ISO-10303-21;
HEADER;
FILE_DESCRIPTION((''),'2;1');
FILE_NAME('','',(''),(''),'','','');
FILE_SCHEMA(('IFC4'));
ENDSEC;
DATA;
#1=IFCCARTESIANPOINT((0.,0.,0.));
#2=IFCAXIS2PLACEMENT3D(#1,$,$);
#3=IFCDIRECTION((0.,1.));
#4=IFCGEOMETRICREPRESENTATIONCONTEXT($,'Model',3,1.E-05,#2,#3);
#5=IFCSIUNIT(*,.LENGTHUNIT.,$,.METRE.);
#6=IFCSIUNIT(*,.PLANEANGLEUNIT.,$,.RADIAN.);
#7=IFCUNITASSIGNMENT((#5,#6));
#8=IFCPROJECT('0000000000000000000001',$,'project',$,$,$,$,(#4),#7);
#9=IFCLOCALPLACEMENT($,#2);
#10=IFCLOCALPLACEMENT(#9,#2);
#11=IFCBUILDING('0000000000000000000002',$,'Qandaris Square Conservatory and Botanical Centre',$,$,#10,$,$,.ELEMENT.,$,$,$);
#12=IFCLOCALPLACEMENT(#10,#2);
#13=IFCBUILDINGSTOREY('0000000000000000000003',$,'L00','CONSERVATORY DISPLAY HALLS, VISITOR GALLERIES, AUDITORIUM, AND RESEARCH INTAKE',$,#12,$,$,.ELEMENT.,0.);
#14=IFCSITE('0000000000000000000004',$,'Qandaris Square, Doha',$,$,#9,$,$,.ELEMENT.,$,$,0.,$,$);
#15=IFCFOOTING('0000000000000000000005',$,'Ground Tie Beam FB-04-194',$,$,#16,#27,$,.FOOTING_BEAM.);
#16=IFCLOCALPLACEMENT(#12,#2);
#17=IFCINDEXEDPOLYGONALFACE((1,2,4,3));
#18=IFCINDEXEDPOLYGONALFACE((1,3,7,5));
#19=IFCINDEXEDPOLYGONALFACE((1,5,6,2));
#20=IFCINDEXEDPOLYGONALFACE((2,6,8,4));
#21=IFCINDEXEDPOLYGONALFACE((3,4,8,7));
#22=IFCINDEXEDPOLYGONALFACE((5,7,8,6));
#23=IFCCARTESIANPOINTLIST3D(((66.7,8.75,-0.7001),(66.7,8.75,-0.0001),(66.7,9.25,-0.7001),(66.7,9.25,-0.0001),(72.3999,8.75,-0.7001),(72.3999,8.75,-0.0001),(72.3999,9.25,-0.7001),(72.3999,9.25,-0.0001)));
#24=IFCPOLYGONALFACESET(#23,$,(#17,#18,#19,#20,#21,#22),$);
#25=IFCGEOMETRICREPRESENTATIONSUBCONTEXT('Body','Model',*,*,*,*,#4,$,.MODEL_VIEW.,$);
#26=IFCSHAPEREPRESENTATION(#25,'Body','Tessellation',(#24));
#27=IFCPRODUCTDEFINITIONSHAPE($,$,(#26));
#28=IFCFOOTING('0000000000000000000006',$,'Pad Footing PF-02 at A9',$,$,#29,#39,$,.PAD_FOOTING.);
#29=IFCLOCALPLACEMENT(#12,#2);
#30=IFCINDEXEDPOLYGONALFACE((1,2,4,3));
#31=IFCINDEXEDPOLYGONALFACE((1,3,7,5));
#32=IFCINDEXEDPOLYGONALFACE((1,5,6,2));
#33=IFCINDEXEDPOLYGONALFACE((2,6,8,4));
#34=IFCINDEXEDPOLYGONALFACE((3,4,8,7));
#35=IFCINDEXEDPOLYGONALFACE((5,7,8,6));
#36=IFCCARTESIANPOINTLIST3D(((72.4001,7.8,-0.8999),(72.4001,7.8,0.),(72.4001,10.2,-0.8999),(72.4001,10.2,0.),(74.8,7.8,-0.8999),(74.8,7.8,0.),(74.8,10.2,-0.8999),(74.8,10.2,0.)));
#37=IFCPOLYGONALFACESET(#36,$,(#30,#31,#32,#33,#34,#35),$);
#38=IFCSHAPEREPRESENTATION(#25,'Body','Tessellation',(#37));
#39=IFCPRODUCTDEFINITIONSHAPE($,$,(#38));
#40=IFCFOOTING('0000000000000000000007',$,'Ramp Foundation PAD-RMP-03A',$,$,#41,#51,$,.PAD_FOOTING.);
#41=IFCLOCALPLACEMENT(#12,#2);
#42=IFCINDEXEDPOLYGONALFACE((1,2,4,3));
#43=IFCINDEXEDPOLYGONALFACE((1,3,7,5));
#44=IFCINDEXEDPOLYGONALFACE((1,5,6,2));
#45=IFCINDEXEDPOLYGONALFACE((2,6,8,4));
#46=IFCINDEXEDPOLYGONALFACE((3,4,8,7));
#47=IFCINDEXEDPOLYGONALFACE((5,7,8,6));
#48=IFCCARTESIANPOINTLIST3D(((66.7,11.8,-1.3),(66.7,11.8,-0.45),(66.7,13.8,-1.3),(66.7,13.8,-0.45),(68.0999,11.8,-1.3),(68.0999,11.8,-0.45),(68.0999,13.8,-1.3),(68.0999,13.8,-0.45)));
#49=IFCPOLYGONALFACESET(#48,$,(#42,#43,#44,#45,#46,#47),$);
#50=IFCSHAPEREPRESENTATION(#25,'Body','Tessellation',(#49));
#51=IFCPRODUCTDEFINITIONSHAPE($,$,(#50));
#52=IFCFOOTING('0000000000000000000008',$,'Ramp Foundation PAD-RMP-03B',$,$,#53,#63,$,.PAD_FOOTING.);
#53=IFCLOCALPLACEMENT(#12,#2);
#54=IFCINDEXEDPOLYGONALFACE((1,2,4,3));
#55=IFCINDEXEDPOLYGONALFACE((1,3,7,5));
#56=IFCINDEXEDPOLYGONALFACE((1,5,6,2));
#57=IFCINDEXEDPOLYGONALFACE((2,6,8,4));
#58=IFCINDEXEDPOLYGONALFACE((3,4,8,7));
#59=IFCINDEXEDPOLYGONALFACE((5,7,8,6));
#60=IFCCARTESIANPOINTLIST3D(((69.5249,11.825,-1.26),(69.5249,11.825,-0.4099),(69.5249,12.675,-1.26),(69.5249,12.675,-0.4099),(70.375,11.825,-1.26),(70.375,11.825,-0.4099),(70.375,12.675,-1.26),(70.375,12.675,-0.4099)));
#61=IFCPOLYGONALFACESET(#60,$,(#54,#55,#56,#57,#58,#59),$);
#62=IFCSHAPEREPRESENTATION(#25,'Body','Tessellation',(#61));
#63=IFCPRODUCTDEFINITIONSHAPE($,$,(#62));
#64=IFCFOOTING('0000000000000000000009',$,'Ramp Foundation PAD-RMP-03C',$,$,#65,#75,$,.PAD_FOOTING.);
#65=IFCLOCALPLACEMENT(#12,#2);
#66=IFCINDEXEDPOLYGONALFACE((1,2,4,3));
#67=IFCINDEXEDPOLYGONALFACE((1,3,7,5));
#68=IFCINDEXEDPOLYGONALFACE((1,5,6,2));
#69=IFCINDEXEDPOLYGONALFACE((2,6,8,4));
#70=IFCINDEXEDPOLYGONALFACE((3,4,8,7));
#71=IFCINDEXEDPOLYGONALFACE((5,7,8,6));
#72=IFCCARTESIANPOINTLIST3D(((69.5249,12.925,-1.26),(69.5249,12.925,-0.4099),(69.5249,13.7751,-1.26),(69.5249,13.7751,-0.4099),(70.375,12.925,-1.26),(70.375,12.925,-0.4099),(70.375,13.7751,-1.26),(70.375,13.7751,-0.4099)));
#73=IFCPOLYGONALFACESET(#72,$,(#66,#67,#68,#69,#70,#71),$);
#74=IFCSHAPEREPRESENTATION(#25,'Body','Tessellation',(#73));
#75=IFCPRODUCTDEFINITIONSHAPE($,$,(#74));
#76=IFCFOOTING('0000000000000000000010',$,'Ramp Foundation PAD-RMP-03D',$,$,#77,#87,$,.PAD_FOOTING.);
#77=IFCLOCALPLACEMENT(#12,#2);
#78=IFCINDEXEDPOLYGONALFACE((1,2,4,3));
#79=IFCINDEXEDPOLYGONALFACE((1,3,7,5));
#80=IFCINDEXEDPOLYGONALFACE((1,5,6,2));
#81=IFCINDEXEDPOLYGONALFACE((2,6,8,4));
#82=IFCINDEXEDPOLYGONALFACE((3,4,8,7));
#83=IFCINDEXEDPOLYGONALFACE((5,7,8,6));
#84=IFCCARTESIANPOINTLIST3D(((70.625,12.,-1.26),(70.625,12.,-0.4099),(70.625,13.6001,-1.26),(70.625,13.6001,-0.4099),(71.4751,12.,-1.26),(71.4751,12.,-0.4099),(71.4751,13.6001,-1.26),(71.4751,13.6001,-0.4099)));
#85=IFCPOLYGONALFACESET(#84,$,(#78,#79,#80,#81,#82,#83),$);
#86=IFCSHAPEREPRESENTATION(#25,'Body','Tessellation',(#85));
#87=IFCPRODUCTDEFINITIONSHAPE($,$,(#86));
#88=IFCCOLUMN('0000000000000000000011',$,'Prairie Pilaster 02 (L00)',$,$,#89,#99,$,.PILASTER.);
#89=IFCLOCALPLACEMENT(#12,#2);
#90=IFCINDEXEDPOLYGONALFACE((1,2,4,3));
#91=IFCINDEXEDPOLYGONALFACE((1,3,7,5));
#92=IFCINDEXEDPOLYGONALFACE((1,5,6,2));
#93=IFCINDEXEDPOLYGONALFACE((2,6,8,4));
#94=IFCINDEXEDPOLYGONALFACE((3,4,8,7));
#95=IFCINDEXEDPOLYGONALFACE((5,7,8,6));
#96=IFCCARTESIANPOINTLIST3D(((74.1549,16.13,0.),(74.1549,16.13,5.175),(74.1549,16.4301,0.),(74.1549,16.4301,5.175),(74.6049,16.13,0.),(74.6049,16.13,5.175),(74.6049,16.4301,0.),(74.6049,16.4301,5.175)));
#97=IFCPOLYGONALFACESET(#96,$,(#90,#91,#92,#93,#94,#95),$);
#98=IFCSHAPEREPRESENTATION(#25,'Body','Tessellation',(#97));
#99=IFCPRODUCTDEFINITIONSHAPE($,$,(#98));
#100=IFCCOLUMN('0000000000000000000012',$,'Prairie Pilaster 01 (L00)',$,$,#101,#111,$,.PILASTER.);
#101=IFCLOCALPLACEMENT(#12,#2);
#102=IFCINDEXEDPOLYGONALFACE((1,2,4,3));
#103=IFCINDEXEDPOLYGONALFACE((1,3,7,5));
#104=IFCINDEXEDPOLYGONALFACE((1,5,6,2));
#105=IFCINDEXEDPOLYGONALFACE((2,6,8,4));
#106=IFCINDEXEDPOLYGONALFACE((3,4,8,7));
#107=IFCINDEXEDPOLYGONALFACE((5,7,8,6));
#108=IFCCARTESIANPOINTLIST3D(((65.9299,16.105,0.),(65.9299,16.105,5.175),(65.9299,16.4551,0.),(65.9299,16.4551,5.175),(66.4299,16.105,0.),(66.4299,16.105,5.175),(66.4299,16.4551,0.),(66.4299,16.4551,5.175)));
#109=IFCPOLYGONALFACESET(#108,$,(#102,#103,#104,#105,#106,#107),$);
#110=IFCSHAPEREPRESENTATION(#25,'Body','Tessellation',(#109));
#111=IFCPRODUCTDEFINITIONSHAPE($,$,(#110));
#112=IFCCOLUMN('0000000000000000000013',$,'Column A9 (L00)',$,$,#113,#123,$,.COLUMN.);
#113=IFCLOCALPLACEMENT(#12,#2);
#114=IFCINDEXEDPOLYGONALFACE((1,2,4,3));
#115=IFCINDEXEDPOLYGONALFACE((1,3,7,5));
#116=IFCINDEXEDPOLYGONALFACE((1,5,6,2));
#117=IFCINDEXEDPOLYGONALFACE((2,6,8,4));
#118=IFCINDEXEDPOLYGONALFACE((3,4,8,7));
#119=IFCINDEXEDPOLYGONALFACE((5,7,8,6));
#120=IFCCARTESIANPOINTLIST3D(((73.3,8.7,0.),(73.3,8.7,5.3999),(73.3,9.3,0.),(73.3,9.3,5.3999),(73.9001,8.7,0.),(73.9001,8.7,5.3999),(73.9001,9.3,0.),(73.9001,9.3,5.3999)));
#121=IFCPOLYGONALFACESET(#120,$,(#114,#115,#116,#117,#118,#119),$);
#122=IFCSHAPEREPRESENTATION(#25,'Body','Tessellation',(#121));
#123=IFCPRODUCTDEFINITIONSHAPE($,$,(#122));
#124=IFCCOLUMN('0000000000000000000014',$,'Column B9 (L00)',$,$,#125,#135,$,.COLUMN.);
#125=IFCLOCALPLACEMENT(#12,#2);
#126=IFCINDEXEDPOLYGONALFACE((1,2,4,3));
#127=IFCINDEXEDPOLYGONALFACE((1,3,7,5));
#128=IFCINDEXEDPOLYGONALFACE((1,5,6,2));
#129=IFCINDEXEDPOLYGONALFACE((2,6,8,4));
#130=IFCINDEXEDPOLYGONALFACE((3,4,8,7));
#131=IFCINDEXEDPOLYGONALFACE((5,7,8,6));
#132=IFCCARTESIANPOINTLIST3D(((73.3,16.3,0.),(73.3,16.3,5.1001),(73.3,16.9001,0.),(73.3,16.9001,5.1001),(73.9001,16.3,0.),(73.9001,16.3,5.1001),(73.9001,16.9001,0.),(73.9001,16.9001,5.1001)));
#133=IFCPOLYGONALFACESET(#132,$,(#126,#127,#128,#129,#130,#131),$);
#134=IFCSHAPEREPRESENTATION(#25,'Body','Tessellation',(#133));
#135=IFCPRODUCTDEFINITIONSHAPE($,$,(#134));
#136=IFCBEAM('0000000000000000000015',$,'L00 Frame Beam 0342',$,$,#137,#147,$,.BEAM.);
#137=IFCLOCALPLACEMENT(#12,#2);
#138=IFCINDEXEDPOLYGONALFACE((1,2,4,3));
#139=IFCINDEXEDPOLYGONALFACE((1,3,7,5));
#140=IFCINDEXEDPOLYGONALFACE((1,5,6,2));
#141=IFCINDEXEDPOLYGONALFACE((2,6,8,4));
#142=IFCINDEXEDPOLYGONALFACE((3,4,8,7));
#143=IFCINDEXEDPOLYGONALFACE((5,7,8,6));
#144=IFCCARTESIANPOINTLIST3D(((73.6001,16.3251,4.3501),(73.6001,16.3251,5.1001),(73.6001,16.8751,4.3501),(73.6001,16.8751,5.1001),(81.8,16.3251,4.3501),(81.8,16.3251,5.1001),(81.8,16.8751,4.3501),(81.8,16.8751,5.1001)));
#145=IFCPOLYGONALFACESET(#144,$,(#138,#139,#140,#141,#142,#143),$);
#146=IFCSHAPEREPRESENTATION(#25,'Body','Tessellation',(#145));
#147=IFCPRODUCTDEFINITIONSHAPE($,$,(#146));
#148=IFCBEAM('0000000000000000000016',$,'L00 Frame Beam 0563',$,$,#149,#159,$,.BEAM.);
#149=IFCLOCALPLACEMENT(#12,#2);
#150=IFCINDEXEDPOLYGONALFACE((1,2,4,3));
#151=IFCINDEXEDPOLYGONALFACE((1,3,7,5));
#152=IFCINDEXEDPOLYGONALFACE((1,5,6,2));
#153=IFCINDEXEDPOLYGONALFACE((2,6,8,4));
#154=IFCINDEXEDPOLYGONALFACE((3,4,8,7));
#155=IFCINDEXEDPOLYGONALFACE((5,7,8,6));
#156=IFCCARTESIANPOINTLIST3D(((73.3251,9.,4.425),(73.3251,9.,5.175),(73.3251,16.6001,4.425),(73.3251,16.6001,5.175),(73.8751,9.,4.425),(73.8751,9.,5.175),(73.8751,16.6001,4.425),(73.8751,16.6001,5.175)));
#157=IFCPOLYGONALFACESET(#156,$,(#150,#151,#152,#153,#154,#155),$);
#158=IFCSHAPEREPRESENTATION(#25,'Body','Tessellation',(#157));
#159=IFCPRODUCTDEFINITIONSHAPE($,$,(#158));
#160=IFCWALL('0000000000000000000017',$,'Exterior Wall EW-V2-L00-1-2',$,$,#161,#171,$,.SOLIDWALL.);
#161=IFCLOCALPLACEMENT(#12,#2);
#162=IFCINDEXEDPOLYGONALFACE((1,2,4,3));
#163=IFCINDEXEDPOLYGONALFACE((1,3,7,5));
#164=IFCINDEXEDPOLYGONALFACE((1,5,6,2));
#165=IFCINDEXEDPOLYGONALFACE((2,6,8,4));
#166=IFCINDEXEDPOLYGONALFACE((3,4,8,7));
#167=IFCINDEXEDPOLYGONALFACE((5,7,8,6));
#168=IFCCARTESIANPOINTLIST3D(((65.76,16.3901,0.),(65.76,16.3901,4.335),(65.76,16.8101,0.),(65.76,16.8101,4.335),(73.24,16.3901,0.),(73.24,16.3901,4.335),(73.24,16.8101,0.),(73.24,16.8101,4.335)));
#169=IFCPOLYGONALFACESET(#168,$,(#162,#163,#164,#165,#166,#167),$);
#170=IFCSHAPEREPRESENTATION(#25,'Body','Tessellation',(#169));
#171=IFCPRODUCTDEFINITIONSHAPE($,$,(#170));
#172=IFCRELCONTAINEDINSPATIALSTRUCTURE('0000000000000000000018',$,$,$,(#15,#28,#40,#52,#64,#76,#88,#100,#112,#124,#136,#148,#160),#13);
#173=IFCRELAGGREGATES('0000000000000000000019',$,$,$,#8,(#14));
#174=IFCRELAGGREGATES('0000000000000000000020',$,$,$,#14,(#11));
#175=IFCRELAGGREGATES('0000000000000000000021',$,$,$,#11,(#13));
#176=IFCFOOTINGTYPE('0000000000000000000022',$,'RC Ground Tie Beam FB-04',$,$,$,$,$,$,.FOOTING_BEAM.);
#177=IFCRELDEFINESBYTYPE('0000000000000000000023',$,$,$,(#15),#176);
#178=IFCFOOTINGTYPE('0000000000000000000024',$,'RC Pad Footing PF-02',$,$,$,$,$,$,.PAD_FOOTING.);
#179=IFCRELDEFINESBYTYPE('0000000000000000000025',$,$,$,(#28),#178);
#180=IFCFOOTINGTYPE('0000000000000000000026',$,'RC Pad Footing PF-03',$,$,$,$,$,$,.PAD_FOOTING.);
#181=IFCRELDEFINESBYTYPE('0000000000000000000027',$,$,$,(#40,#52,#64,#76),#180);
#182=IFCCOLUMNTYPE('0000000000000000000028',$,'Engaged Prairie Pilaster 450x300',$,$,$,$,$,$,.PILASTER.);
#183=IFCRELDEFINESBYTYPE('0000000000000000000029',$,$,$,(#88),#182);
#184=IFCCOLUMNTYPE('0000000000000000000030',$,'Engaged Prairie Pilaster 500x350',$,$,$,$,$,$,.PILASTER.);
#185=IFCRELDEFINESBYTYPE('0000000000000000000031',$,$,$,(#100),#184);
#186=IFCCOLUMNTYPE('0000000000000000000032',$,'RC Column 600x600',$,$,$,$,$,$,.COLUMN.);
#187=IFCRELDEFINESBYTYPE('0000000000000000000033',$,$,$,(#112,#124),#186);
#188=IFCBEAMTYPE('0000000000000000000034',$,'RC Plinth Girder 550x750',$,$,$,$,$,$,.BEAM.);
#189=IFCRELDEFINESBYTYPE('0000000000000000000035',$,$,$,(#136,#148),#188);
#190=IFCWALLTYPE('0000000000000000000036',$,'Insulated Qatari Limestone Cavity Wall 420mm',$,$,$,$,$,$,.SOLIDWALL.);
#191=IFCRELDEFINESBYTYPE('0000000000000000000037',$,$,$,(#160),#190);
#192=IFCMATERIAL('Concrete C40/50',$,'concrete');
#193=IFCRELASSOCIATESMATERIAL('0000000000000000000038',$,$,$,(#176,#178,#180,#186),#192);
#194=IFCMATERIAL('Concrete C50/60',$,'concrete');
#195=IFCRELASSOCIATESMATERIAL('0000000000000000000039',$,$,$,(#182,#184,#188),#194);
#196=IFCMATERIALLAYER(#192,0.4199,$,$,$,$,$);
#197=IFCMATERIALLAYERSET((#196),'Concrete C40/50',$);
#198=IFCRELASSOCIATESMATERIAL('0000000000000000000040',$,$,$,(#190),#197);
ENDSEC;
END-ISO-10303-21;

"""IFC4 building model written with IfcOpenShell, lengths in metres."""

from ifc_helpers import new_model, si_unit, direction, frame, frame_2d, origin, origin_2d, place, context, subcontext, project, spatial, rectangle, extrude, material, layer, layer_set, material_profile, profile_set, type_object, element, save


model = new_model("IFC4")

# Units and contexts
model_context = context("Model", 3, precision=1e-05, world=origin(), true_north=direction((0.0, 1.0)))
body_context = subcontext(model_context, "Body", "Model", "MODEL_VIEW")
ifc_project = project(units=[si_unit("LENGTHUNIT", "METRE"), si_unit("PLANEANGLEUNIT", "RADIAN")], contexts=[model_context])

# Site, building, storey
site_placement = place(None, origin())
site = spatial("IfcSite", under=ifc_project, at=site_placement, Name="Qandaris Square, Doha", CompositionType="ELEMENT", RefElevation=0.0)
building_placement = place(site_placement, origin())
building = spatial("IfcBuilding", under=site, at=building_placement, Name="Qandaris Square Conservatory and Botanical Centre", CompositionType="ELEMENT")
storey_placement = place(building_placement, origin())
storey = spatial("IfcBuildingStorey", under=building, at=storey_placement, Name="L00", Description="CONSERVATORY DISPLAY HALLS, VISITOR GALLERIES, AUDITORIUM, AND RESEARCH INTAKE", CompositionType="ELEMENT", Elevation=0.0)

# Footings
ifc_material_1 = material(Name="Concrete C40/50", Category="concrete")
ifc_material_profile_1 = material_profile(ifc_material_1, rectangle(XDim=0.5, YDim=0.7, at=origin_2d()), Name="FB 500x700")
ifc_profile_set_1 = profile_set([ifc_material_profile_1], Name="Concrete C40/50")
footing_type_1 = type_object("IfcFootingType", Name="RC Ground Tie Beam FB-04", PredefinedType="FOOTING_BEAM", material=ifc_profile_set_1)
footing_1_placement = place(storey_placement, frame((66.7, 9.0, -0.3501), z_axis=(1.0, 0.0, 0.0), x_axis=(0.0, 1.0, 0.0)))
element("IfcFooting", 1, at=footing_1_placement, inside=storey, type_object=footing_type_1, Name="Ground Tie Beam FB-04-194", PredefinedType="FOOTING_BEAM", context=body_context, shape_type="SweptSolid", body=[
    extrude(rectangle(XDim=0.5, YDim=0.7, at=origin_2d()), origin(), (0.0, 0.0, 1.0), 5.7),
])
footing_type_2 = type_object("IfcFootingType", Name="RC Pad Footing PF-02", PredefinedType="PAD_FOOTING", material=ifc_material_1)
footing_2_placement = place(storey_placement, frame((73.6001, 9.0, -0.8999), z_axis=(0.0, 0.0, 1.0), x_axis=(1.0, 0.0, 0.0)))
element("IfcFooting", 2, at=footing_2_placement, inside=storey, type_object=footing_type_2, Name="Pad Footing PF-02 at A9", PredefinedType="PAD_FOOTING", context=body_context, shape_type="SweptSolid", body=[
    extrude(rectangle(XDim=2.3999, YDim=2.3999, at=origin_2d()), origin(), (0.0, 0.0, 1.0), 0.8999),
])
footing_type_3 = type_object("IfcFootingType", Name="RC Pad Footing PF-03", PredefinedType="PAD_FOOTING", material=ifc_material_1)
footing_3_placement = place(storey_placement, frame((67.3999, 12.8, -1.3), z_axis=(0.0, 0.0, 1.0), x_axis=(1.0, 0.0, 0.0)))
element("IfcFooting", 3, at=footing_3_placement, inside=storey, type_object=footing_type_3, Name="Ramp Foundation PAD-RMP-03A", PredefinedType="PAD_FOOTING", context=body_context, shape_type="SweptSolid", body=[
    extrude(rectangle(XDim=1.3999, YDim=2.0, at=origin_2d()), origin(), (0.0, 0.0, 1.0), 0.8501),
])
for number, where, z_axis, x_axis, name in (
    (4, (69.95, 12.25, -1.26), (0.0, 0.0, 1.0), (1.0, 0.0, 0.0), "Ramp Foundation PAD-RMP-03B"),
    (5, (69.95, 13.3501, -1.26), (0.0, 0.0, 1.0), (1.0, 0.0, 0.0), "Ramp Foundation PAD-RMP-03C"),
):
    element("IfcFooting", number, at=place(storey_placement, frame(where, z_axis=z_axis, x_axis=x_axis)), inside=storey, type_object=footing_type_3, Name=name, PredefinedType="PAD_FOOTING", context=body_context, shape_type="SweptSolid", body=[
        extrude(rectangle(XDim=0.8501, YDim=0.8501, at=origin_2d()), origin(), (0.0, 0.0, 1.0), 0.8501),
    ])
footing_4_placement = place(storey_placement, frame((71.05, 12.8, -1.26), z_axis=(0.0, 0.0, 1.0), x_axis=(1.0, 0.0, 0.0)))
element("IfcFooting", 6, at=footing_4_placement, inside=storey, type_object=footing_type_3, Name="Ramp Foundation PAD-RMP-03D", PredefinedType="PAD_FOOTING", context=body_context, shape_type="SweptSolid", body=[
    extrude(rectangle(XDim=0.8501, YDim=1.6001, at=origin_2d()), origin(), (0.0, 0.0, 1.0), 0.8501),
])

# Columns
ifc_material_2 = material(Name="Concrete C50/60", Category="concrete")
ifc_material_profile_2 = material_profile(ifc_material_2, rectangle(XDim=0.45, YDim=0.3, at=origin_2d()), Name="RC-PIL 450x300")
ifc_profile_set_2 = profile_set([ifc_material_profile_2], Name="Concrete C50/60")
column_type_1 = type_object("IfcColumnType", Name="Engaged Prairie Pilaster 450x300", PredefinedType="PILASTER", material=ifc_profile_set_2)
column_1_placement = place(storey_placement, frame((74.3799, 16.28, 0.0), z_axis=(0.0, 0.0, 1.0), x_axis=(1.0, 0.0, 0.0)))
element("IfcColumn", 7, at=column_1_placement, inside=storey, type_object=column_type_1, Name="Prairie Pilaster 02 (L00)", PredefinedType="PILASTER", context=body_context, shape_type="SweptSolid", body=[
    extrude(rectangle(XDim=0.45, YDim=0.3, at=origin_2d()), origin(), (0.0, 0.0, 1.0), 5.175),
])
ifc_material_profile_3 = material_profile(ifc_material_2, rectangle(XDim=0.5, YDim=0.3501, at=origin_2d()), Name="RC-PIL 500x350")
ifc_profile_set_3 = profile_set([ifc_material_profile_3], Name="Concrete C50/60")
column_type_2 = type_object("IfcColumnType", Name="Engaged Prairie Pilaster 500x350", PredefinedType="PILASTER", material=ifc_profile_set_3)
column_2_placement = place(storey_placement, frame((66.1799, 16.28, 0.0), z_axis=(0.0, 0.0, 1.0), x_axis=(1.0, 0.0, 0.0)))
element("IfcColumn", 8, at=column_2_placement, inside=storey, type_object=column_type_2, Name="Prairie Pilaster 01 (L00)", PredefinedType="PILASTER", context=body_context, shape_type="SweptSolid", body=[
    extrude(rectangle(XDim=0.5, YDim=0.3501, at=origin_2d()), origin(), (0.0, 0.0, 1.0), 5.175),
])
ifc_material_profile_4 = material_profile(ifc_material_1, rectangle(XDim=0.6001, YDim=0.6001, at=origin_2d()), Name="RC-COL 600x600")
ifc_profile_set_4 = profile_set([ifc_material_profile_4], Name="Concrete C40/50")
column_type_3 = type_object("IfcColumnType", Name="RC Column 600x600", PredefinedType="COLUMN", material=ifc_profile_set_4)
column_3_placement = place(storey_placement, frame((73.6001, 9.0, 0.0), z_axis=(0.0, 0.0, 1.0), x_axis=(1.0, 0.0, 0.0)))
element("IfcColumn", 9, at=column_3_placement, inside=storey, type_object=column_type_3, Name="Column A9 (L00)", PredefinedType="COLUMN", context=body_context, shape_type="SweptSolid", body=[
    extrude(rectangle(XDim=0.6001, YDim=0.6001, at=origin_2d()), origin(), (0.0, 0.0, 1.0), 5.3999),
])
column_4_placement = place(storey_placement, frame((73.6001, 16.6001, 0.0), z_axis=(0.0, 0.0, 1.0), x_axis=(1.0, 0.0, 0.0)))
element("IfcColumn", 10, at=column_4_placement, inside=storey, type_object=column_type_3, Name="Column B9 (L00)", PredefinedType="COLUMN", context=body_context, shape_type="SweptSolid", body=[
    extrude(rectangle(XDim=0.6001, YDim=0.6001, at=origin_2d()), origin(), (0.0, 0.0, 1.0), 5.1001),
])

# Beams
ifc_material_profile_5 = material_profile(ifc_material_2, rectangle(XDim=0.55, YDim=0.75, at=origin_2d()), Name="RC-BM 550x750")
ifc_profile_set_5 = profile_set([ifc_material_profile_5], Name="Concrete C50/60")
beam_type = type_object("IfcBeamType", Name="RC Plinth Girder 550x750", PredefinedType="BEAM", material=ifc_profile_set_5)
beam_1_placement = place(storey_placement, frame((73.6001, 16.6001, 4.7251), z_axis=(1.0, 0.0, 0.0), x_axis=(0.0, 1.0, 0.0)))
element("IfcBeam", 11, at=beam_1_placement, inside=storey, type_object=beam_type, Name="L00 Frame Beam 0342", PredefinedType="BEAM", context=body_context, shape_type="SweptSolid", body=[
    extrude(rectangle(XDim=0.55, YDim=0.75, at=origin_2d()), origin(), (0.0, 0.0, 1.0), 8.2),
])
beam_2_placement = place(storey_placement, frame((73.6001, 9.0, 4.8), z_axis=(0.0, 1.0, 0.0), x_axis=(-1.0, 0.0, 0.0)))
element("IfcBeam", 12, at=beam_2_placement, inside=storey, type_object=beam_type, Name="L00 Frame Beam 0563", PredefinedType="BEAM", context=body_context, shape_type="SweptSolid", body=[
    extrude(rectangle(XDim=0.55, YDim=0.75, at=origin_2d()), origin(), (0.0, 0.0, 1.0), 7.6001),
])

# Wall
ifc_layer_1 = layer(ifc_material_1, 0.4199)
ifc_layer_set_1 = layer_set([ifc_layer_1], Name="Concrete C40/50")
wall_type = type_object("IfcWallType", Name="Insulated Qatari Limestone Cavity Wall 420mm", PredefinedType="SOLIDWALL", material=ifc_layer_set_1)
wall_1_placement = place(storey_placement, frame((65.76, 16.6001, 0.0), z_axis=(0.0, 0.0, 1.0), x_axis=(1.0, 0.0, 0.0)))
element("IfcWall", 13, at=wall_1_placement, inside=storey, type_object=wall_type, Name="Exterior Wall EW-V2-L00-1-2", PredefinedType="SOLIDWALL", context=body_context, shape_type="SweptSolid", body=[
    extrude(rectangle(XDim=7.48, YDim=0.4199, at=frame_2d((3.74, 0.0))), origin(), (0.0, 0.0, 1.0), 4.335),
])

save(model, "model.ifc")
